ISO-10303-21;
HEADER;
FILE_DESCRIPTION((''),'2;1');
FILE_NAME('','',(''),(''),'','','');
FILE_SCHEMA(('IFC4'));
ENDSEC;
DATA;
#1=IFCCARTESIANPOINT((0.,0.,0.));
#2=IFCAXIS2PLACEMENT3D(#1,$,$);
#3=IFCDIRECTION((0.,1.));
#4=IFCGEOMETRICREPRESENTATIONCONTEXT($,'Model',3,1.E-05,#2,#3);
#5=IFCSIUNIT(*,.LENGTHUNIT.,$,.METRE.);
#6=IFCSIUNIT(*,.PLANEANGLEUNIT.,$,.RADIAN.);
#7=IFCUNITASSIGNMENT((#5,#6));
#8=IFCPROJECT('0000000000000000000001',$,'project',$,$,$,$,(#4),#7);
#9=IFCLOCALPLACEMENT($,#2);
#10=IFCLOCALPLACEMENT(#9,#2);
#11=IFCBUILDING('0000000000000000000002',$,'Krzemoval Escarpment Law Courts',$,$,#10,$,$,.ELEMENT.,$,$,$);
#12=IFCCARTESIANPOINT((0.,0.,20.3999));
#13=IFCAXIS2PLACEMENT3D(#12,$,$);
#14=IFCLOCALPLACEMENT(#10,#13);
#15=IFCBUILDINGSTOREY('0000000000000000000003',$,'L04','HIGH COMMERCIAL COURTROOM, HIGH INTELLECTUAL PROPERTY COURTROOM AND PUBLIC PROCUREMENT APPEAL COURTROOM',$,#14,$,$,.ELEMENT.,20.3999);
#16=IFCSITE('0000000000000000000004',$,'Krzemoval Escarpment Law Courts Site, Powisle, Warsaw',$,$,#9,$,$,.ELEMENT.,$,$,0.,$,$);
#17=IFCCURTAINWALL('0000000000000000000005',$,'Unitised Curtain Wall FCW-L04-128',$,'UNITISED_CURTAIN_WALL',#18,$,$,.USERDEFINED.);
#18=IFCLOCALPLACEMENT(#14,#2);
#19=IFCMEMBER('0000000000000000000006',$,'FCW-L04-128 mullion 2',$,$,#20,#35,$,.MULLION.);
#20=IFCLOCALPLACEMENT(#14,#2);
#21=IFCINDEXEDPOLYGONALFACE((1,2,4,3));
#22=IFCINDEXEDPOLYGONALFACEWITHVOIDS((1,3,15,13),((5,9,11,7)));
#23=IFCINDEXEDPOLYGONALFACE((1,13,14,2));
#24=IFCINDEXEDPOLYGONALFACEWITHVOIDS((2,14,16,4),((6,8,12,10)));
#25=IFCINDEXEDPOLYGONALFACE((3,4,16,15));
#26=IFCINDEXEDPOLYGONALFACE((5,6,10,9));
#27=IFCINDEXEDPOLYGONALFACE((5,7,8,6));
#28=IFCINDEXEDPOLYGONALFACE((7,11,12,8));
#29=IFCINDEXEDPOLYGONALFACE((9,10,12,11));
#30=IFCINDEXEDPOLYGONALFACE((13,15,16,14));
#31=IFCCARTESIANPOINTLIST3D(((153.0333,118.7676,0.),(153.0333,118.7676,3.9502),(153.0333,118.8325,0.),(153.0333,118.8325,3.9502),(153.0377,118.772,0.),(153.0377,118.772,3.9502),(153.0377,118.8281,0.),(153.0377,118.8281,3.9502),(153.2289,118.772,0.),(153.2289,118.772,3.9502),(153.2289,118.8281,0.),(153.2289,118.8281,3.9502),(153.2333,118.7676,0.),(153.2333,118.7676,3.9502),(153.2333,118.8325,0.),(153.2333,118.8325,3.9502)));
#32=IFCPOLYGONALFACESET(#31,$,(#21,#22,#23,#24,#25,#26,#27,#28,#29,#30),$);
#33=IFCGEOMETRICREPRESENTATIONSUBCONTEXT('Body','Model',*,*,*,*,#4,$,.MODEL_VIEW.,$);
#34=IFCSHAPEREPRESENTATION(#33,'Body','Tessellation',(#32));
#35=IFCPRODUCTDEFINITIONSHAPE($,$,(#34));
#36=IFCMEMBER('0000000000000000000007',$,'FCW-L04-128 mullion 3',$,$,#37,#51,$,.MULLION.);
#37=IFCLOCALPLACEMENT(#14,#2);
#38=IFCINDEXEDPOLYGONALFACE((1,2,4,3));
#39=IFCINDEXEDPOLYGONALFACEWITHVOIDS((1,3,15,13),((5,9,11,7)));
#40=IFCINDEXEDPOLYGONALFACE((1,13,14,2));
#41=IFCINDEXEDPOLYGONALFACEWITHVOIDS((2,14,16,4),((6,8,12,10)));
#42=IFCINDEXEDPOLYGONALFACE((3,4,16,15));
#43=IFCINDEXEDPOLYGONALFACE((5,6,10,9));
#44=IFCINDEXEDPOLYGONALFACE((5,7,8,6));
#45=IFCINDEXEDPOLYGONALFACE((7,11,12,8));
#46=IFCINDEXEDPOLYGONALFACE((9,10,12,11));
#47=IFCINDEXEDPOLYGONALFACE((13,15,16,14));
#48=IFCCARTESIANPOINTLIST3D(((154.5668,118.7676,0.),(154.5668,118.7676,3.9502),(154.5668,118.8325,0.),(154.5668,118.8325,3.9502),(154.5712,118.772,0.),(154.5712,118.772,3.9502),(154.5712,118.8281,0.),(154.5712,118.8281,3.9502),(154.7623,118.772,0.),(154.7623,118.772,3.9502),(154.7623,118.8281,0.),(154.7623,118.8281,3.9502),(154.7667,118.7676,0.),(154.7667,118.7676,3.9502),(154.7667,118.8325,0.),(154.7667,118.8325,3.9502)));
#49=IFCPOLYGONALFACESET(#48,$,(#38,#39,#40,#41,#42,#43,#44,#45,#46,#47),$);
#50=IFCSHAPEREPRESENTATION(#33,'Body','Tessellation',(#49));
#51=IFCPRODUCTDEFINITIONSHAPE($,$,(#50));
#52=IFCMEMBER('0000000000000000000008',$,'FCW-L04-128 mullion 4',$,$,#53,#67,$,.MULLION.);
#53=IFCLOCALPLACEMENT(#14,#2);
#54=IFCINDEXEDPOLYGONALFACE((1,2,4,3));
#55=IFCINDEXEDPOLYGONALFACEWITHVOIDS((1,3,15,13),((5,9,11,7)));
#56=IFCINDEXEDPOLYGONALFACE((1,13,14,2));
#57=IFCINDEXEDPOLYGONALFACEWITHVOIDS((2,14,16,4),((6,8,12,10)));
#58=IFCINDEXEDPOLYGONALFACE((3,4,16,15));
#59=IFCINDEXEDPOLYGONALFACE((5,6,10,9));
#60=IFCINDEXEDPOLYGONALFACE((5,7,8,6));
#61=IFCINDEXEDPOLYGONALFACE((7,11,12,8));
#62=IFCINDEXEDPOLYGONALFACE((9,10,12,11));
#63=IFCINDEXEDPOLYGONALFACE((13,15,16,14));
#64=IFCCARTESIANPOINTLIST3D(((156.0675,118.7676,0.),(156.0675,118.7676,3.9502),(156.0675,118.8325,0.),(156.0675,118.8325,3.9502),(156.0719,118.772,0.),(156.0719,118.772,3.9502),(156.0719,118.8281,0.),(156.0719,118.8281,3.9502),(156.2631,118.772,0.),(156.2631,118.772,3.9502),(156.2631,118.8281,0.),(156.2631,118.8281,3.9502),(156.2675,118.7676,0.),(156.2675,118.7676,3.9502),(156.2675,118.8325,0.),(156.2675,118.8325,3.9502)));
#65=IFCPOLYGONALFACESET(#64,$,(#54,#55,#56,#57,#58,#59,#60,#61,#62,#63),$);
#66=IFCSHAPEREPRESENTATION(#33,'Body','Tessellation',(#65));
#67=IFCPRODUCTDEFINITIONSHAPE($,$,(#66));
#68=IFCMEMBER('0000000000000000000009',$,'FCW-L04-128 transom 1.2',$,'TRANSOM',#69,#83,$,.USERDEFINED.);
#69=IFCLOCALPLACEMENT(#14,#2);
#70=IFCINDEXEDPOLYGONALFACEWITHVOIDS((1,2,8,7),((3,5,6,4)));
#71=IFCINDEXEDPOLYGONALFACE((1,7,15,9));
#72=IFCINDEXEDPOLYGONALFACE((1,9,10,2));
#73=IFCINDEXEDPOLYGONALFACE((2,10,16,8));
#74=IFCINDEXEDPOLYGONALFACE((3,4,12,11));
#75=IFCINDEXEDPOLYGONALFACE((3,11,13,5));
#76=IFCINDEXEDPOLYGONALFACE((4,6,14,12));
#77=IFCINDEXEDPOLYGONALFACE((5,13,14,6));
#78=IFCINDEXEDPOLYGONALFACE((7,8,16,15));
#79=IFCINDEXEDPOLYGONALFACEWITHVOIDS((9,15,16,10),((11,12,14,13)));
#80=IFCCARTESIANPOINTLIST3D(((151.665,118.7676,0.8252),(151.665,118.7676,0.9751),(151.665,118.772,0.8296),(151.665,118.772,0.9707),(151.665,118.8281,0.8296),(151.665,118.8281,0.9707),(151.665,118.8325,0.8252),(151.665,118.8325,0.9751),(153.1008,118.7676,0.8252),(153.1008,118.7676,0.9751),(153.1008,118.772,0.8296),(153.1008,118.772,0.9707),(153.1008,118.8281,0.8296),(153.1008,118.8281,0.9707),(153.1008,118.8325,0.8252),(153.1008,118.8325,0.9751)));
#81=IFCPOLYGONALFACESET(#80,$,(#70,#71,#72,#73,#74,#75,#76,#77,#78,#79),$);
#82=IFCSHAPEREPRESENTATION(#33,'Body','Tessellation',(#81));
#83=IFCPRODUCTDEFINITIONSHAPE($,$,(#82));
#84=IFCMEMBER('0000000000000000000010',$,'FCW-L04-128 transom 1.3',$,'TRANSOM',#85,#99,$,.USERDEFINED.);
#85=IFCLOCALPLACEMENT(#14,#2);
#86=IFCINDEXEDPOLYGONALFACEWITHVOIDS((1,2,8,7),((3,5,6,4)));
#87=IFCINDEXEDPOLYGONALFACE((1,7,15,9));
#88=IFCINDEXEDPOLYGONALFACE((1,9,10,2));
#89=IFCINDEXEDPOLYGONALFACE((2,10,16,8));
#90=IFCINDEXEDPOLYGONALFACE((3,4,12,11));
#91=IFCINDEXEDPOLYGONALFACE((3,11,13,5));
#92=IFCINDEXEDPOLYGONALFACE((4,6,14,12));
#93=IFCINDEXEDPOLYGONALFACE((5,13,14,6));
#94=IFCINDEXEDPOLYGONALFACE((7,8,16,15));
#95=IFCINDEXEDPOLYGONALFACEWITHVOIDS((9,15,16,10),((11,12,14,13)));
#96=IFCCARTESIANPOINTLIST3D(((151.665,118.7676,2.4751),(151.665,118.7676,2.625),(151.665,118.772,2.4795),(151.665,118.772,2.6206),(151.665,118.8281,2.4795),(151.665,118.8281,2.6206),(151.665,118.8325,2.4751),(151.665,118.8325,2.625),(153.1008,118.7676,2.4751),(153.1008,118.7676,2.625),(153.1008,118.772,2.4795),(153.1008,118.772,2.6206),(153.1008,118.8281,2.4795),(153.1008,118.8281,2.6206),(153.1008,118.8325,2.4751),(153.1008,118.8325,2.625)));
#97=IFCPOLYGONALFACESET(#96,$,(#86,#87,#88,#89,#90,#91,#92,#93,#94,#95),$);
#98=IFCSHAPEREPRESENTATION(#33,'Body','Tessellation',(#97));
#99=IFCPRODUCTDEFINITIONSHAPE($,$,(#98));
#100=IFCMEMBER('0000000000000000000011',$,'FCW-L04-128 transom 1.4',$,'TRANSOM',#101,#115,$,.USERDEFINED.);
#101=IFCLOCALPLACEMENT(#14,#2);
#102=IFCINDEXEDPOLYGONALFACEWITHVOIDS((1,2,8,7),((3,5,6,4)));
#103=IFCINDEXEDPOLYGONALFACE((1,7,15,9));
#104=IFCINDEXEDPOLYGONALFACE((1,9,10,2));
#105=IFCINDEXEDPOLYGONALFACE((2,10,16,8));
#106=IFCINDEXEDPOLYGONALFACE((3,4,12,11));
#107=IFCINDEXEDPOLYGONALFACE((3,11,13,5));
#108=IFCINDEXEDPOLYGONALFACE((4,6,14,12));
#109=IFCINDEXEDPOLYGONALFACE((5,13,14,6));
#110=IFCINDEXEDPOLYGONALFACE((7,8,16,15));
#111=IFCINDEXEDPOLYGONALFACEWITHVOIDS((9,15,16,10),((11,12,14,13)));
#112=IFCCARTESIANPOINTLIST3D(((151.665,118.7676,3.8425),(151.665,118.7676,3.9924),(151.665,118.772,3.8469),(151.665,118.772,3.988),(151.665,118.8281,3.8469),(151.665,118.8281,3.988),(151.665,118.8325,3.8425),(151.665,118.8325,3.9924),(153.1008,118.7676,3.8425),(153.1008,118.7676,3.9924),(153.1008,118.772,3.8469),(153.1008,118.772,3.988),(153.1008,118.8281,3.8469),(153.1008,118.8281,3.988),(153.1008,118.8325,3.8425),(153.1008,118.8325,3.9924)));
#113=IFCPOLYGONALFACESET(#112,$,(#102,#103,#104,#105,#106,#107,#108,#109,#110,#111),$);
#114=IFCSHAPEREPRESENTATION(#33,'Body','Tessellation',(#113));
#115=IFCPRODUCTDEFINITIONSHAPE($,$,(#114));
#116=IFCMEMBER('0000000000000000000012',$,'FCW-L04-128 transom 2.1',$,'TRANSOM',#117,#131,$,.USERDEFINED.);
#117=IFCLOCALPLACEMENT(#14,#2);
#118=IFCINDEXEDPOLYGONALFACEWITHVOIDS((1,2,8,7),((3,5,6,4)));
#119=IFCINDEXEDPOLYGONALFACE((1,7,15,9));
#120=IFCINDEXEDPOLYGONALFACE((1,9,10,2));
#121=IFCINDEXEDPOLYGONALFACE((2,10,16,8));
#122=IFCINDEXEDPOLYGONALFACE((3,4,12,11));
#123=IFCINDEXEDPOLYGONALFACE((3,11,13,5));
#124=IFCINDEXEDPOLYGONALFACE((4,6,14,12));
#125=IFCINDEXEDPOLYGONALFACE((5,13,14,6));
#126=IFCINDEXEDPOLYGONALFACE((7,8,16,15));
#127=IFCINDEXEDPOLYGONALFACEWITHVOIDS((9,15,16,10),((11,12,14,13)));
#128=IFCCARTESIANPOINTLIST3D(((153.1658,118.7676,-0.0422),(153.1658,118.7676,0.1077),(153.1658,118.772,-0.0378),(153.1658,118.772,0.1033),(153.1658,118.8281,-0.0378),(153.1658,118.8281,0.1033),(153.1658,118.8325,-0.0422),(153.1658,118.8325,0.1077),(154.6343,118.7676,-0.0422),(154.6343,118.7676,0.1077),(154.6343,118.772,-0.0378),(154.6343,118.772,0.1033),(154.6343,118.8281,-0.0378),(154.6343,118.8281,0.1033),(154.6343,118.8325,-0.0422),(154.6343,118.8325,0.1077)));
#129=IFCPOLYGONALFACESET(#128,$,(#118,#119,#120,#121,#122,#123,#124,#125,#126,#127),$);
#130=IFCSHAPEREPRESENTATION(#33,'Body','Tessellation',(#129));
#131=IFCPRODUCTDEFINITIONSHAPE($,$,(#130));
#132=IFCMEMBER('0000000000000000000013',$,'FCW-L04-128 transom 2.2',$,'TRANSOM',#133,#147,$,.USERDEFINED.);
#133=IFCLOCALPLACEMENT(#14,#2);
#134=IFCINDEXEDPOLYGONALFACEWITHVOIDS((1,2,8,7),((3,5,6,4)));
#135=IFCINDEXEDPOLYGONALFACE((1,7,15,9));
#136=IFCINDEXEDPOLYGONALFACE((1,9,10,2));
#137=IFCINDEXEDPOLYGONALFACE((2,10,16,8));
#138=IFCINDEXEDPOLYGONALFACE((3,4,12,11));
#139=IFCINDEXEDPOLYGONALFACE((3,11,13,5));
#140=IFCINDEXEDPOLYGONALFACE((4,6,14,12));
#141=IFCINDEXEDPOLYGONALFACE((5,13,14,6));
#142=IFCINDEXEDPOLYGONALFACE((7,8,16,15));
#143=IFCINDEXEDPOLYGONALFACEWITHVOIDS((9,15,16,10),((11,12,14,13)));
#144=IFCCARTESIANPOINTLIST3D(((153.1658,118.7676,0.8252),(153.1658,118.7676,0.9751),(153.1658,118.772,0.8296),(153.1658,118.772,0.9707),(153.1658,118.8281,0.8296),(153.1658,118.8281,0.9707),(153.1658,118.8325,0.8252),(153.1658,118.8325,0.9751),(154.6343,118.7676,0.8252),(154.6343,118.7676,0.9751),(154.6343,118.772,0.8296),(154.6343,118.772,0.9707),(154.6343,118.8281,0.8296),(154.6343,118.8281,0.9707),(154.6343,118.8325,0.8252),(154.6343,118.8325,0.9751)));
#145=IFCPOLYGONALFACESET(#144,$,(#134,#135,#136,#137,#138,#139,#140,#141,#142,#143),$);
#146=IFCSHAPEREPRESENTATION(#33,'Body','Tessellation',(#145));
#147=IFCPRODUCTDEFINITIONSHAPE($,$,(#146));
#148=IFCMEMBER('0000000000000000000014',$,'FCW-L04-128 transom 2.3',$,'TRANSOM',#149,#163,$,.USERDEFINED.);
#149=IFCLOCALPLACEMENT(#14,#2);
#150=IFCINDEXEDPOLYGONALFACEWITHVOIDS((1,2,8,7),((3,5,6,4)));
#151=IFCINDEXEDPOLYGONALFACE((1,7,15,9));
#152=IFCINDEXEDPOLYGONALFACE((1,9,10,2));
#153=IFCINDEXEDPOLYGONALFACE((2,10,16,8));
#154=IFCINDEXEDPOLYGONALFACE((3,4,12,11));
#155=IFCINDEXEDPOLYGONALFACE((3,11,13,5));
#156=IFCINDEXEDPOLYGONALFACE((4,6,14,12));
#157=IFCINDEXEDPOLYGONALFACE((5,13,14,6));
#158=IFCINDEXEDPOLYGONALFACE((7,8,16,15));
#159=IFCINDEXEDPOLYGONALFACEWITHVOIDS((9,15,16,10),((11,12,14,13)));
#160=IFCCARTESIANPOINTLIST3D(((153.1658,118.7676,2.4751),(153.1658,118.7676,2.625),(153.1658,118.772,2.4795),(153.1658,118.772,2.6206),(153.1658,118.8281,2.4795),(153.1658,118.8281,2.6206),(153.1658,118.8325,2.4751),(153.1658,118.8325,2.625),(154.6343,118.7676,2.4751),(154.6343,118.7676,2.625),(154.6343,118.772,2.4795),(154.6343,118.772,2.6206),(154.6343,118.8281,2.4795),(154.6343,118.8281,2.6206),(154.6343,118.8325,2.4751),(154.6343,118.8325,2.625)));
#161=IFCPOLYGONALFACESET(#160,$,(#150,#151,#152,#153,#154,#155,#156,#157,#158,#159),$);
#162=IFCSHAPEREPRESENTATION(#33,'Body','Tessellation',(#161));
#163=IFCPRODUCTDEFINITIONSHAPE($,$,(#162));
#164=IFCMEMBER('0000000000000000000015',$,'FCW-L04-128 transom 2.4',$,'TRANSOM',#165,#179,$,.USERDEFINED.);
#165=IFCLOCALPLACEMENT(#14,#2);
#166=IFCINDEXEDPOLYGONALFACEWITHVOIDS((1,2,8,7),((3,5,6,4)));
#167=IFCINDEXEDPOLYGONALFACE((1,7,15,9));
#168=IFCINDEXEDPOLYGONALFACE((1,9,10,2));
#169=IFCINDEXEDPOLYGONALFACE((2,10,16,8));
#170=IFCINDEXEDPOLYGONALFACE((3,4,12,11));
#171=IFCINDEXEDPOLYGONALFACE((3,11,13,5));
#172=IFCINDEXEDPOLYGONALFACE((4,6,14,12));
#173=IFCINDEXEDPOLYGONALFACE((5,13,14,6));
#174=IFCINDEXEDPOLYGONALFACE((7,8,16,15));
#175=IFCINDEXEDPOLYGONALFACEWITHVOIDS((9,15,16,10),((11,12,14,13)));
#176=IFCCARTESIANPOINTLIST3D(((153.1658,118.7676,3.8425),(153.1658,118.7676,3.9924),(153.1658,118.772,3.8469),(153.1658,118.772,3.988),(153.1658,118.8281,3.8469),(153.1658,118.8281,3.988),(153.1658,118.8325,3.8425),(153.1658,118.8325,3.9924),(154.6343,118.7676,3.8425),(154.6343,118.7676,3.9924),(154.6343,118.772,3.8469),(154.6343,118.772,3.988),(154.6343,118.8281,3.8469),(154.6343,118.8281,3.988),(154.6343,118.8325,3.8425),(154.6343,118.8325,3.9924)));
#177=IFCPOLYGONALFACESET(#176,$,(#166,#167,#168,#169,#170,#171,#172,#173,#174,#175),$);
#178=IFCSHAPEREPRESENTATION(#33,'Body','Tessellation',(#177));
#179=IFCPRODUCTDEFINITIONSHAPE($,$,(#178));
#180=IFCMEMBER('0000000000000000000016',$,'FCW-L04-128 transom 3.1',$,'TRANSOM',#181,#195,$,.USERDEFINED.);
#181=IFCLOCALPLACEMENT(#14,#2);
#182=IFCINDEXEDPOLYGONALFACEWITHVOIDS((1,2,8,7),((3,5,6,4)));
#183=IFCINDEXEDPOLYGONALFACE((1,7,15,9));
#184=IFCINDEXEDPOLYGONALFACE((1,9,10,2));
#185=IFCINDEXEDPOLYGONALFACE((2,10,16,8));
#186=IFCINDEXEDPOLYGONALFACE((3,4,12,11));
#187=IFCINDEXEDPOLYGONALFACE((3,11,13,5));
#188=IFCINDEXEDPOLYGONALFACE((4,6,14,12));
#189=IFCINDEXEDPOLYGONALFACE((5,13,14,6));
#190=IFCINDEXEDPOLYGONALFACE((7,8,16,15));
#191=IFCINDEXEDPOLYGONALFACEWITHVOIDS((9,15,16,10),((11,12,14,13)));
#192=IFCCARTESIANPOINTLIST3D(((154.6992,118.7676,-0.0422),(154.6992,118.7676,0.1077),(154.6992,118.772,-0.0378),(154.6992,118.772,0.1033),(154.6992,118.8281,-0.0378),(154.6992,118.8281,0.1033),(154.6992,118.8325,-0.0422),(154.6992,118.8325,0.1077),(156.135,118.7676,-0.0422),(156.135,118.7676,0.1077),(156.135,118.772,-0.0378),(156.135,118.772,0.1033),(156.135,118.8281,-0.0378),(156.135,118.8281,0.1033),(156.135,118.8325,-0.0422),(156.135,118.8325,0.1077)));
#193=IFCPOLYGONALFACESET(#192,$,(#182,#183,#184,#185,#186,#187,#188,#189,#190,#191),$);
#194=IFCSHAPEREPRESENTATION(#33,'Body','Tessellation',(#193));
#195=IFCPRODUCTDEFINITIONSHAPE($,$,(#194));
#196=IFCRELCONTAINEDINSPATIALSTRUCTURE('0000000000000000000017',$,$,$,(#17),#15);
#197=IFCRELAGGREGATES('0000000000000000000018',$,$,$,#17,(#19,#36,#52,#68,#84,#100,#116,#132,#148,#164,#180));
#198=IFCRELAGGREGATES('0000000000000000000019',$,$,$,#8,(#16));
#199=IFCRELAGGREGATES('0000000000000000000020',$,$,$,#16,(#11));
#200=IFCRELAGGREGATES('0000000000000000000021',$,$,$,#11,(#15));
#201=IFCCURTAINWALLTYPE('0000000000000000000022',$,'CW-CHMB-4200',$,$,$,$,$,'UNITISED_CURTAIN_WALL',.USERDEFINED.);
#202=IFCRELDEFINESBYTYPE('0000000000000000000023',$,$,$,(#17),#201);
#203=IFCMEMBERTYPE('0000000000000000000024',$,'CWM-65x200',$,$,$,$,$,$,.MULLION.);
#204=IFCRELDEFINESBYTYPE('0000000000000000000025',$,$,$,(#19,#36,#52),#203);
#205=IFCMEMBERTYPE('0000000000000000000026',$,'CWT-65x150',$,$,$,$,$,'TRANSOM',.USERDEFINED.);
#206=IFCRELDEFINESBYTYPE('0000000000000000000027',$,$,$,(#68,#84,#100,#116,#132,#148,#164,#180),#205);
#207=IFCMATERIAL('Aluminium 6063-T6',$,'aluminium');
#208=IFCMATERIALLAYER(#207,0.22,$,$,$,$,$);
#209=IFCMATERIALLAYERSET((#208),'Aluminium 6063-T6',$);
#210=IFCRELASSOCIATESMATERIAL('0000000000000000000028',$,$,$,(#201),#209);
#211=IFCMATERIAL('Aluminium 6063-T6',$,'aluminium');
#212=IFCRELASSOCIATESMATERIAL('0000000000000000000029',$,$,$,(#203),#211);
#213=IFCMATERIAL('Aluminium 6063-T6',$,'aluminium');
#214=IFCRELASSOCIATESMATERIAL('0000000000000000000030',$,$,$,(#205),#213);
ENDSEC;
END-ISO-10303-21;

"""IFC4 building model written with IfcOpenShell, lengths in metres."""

from ifc_helpers import new_model, si_unit, direction, frame, origin, origin_2d, place, context, subcontext, project, spatial, hollow_rectangle, extrude, material, layer, layer_set, material_profile, profile_set, type_object, element, aggregate, save


model = new_model("IFC4")

# Units and contexts
model_context = context("Model", 3, precision=1e-05, world=origin(), true_north=direction((0.0, 1.0)))
body_context = subcontext(model_context, "Body", "Model", "MODEL_VIEW")
ifc_project = project(units=[si_unit("LENGTHUNIT", "METRE"), si_unit("PLANEANGLEUNIT", "RADIAN")], contexts=[model_context])

# Site, building, storey
site_placement = place(None, origin())
site = spatial("IfcSite", under=ifc_project, at=site_placement, Name="Krzemoval Escarpment Law Courts Site, Powisle, Warsaw", CompositionType="ELEMENT", RefElevation=0.0)
building_placement = place(site_placement, origin())
building = spatial("IfcBuilding", under=site, at=building_placement, Name="Krzemoval Escarpment Law Courts", CompositionType="ELEMENT")
storey_placement = place(building_placement, frame((0.0, 0.0, 20.3999)))
storey = spatial("IfcBuildingStorey", under=building, at=storey_placement, Name="L04", Description="HIGH COMMERCIAL COURTROOM, HIGH INTELLECTUAL PROPERTY COURTROOM AND PUBLIC PROCUREMENT APPEAL COURTROOM", CompositionType="ELEMENT", Elevation=20.3999)

# Curtain wall, members
ifc_material_1 = material(Name="Aluminium 6063-T6", Category="aluminium")
ifc_layer_1 = layer(ifc_material_1, 0.22)
ifc_layer_set_1 = layer_set([ifc_layer_1], Name="Aluminium 6063-T6")
curtain_wall_type = type_object("IfcCurtainWallType", Name="CW-CHMB-4200", ElementType="UNITISED_CURTAIN_WALL", PredefinedType="USERDEFINED", material=ifc_layer_set_1)
curtain_wall_placement = place(storey_placement, origin())
curtain_wall = element("IfcCurtainWall", 1, at=curtain_wall_placement, inside=storey, type_object=curtain_wall_type, Name="Unitised Curtain Wall FCW-L04-128", ObjectType="UNITISED_CURTAIN_WALL", PredefinedType="USERDEFINED")
ifc_material_2 = material(Name="Aluminium 6063-T6", Category="aluminium")
ifc_material_profile_1 = material_profile(ifc_material_2, hollow_rectangle(XDim=0.0649, YDim=0.2, WallThickness=0.0044, at=origin_2d()), Name="ALU M65x200")
ifc_profile_set_1 = profile_set([ifc_material_profile_1], Name="Aluminium 6063-T6")
member_type_1 = type_object("IfcMemberType", Name="CWM-65x200", PredefinedType="MULLION", material=ifc_profile_set_1)
member_1_placement = place(storey_placement, frame((153.1333, 118.8, 0.0), z_axis=(0.0, 0.0, 1.0), x_axis=(0.0, 1.0, 0.0)))
member_1 = element("IfcMember", 2, at=member_1_placement, type_object=member_type_1, Name="FCW-L04-128 mullion 2", PredefinedType="MULLION", context=body_context, shape_type="SweptSolid", body=[
    extrude(hollow_rectangle(XDim=0.0649, YDim=0.2, WallThickness=0.0044, at=origin_2d()), origin(), (0.0, 0.0, 1.0), 3.9502),
])
member_2_placement = place(storey_placement, frame((154.6667, 118.8, 0.0), z_axis=(0.0, 0.0, 1.0), x_axis=(0.0, 1.0, 0.0)))
member_2 = element("IfcMember", 3, at=member_2_placement, type_object=member_type_1, Name="FCW-L04-128 mullion 3", PredefinedType="MULLION", context=body_context, shape_type="SweptSolid", body=[
    extrude(hollow_rectangle(XDim=0.0649, YDim=0.2, WallThickness=0.0044, at=origin_2d()), origin(), (0.0, 0.0, 1.0), 3.9502),
])
member_3_placement = place(storey_placement, frame((156.1675, 118.8, 0.0), z_axis=(0.0, 0.0, 1.0), x_axis=(0.0, 1.0, 0.0)))
member_3 = element("IfcMember", 4, at=member_3_placement, type_object=member_type_1, Name="FCW-L04-128 mullion 4", PredefinedType="MULLION", context=body_context, shape_type="SweptSolid", body=[
    extrude(hollow_rectangle(XDim=0.0649, YDim=0.2, WallThickness=0.0044, at=origin_2d()), origin(), (0.0, 0.0, 1.0), 3.9502),
])
ifc_material_3 = material(Name="Aluminium 6063-T6", Category="aluminium")
ifc_material_profile_2 = material_profile(ifc_material_3, hollow_rectangle(XDim=0.0649, YDim=0.1499, WallThickness=0.0044, at=origin_2d()), Name="ALU T65x150")
ifc_profile_set_2 = profile_set([ifc_material_profile_2], Name="Aluminium 6063-T6")
member_type_2 = type_object("IfcMemberType", Name="CWT-65x150", ElementType="TRANSOM", PredefinedType="USERDEFINED", material=ifc_profile_set_2)
member_4_placement = place(storey_placement, frame((151.665, 118.8, 0.9001), z_axis=(1.0, 0.0, 0.0), x_axis=(0.0, 1.0, 0.0)))
member_4 = element("IfcMember", 5, at=member_4_placement, type_object=member_type_2, Name="FCW-L04-128 transom 1.2", ObjectType="TRANSOM", PredefinedType="USERDEFINED", context=body_context, shape_type="SweptSolid", body=[
    extrude(hollow_rectangle(XDim=0.0649, YDim=0.1499, WallThickness=0.0044, at=origin_2d()), origin(), (0.0, 0.0, 1.0), 1.4358),
])
member_5_placement = place(storey_placement, frame((151.665, 118.8, 2.55), z_axis=(1.0, 0.0, 0.0), x_axis=(0.0, 1.0, 0.0)))
member_5 = element("IfcMember", 6, at=member_5_placement, type_object=member_type_2, Name="FCW-L04-128 transom 1.3", ObjectType="TRANSOM", PredefinedType="USERDEFINED", context=body_context, shape_type="SweptSolid", body=[
    extrude(hollow_rectangle(XDim=0.0649, YDim=0.1499, WallThickness=0.0044, at=origin_2d()), origin(), (0.0, 0.0, 1.0), 1.4358),
])
member_6_placement = place(storey_placement, frame((151.665, 118.8, 3.9175), z_axis=(1.0, 0.0, 0.0), x_axis=(0.0, 1.0, 0.0)))
member_6 = element("IfcMember", 7, at=member_6_placement, type_object=member_type_2, Name="FCW-L04-128 transom 1.4", ObjectType="TRANSOM", PredefinedType="USERDEFINED", context=body_context, shape_type="SweptSolid", body=[
    extrude(hollow_rectangle(XDim=0.0649, YDim=0.1499, WallThickness=0.0044, at=origin_2d()), origin(), (0.0, 0.0, 1.0), 1.4358),
])
member_7_placement = place(storey_placement, frame((153.1658, 118.8, 0.0327), z_axis=(1.0, 0.0, 0.0), x_axis=(0.0, 1.0, 0.0)))
member_7 = element("IfcMember", 8, at=member_7_placement, type_object=member_type_2, Name="FCW-L04-128 transom 2.1", ObjectType="TRANSOM", PredefinedType="USERDEFINED", context=body_context, shape_type="SweptSolid", body=[
    extrude(hollow_rectangle(XDim=0.0649, YDim=0.1499, WallThickness=0.0044, at=origin_2d()), origin(), (0.0, 0.0, 1.0), 1.4685),
])
member_8_placement = place(storey_placement, frame((153.1658, 118.8, 0.9001), z_axis=(1.0, 0.0, 0.0), x_axis=(0.0, 1.0, 0.0)))
member_8 = element("IfcMember", 9, at=member_8_placement, type_object=member_type_2, Name="FCW-L04-128 transom 2.2", ObjectType="TRANSOM", PredefinedType="USERDEFINED", context=body_context, shape_type="SweptSolid", body=[
    extrude(hollow_rectangle(XDim=0.0649, YDim=0.1499, WallThickness=0.0044, at=origin_2d()), origin(), (0.0, 0.0, 1.0), 1.4685),
])
member_9_placement = place(storey_placement, frame((153.1658, 118.8, 2.55), z_axis=(1.0, 0.0, 0.0), x_axis=(0.0, 1.0, 0.0)))
member_9 = element("IfcMember", 10, at=member_9_placement, type_object=member_type_2, Name="FCW-L04-128 transom 2.3", ObjectType="TRANSOM", PredefinedType="USERDEFINED", context=body_context, shape_type="SweptSolid", body=[
    extrude(hollow_rectangle(XDim=0.0649, YDim=0.1499, WallThickness=0.0044, at=origin_2d()), origin(), (0.0, 0.0, 1.0), 1.4685),
])
member_10_placement = place(storey_placement, frame((153.1658, 118.8, 3.9175), z_axis=(1.0, 0.0, 0.0), x_axis=(0.0, 1.0, 0.0)))
member_10 = element("IfcMember", 11, at=member_10_placement, type_object=member_type_2, Name="FCW-L04-128 transom 2.4", ObjectType="TRANSOM", PredefinedType="USERDEFINED", context=body_context, shape_type="SweptSolid", body=[
    extrude(hollow_rectangle(XDim=0.0649, YDim=0.1499, WallThickness=0.0044, at=origin_2d()), origin(), (0.0, 0.0, 1.0), 1.4685),
])
member_11_placement = place(storey_placement, frame((154.6992, 118.8, 0.0327), z_axis=(1.0, 0.0, 0.0), x_axis=(0.0, 1.0, 0.0)))
member_11 = element("IfcMember", 12, at=member_11_placement, type_object=member_type_2, Name="FCW-L04-128 transom 3.1", ObjectType="TRANSOM", PredefinedType="USERDEFINED", context=body_context, shape_type="SweptSolid", body=[
    extrude(hollow_rectangle(XDim=0.0649, YDim=0.1499, WallThickness=0.0044, at=origin_2d()), origin(), (0.0, 0.0, 1.0), 1.4358),
])
aggregate(curtain_wall, [member_1, member_2, member_3, member_4, member_5, member_6, member_7, member_8, member_9, member_10, member_11])

save(model, "model.ifc")
